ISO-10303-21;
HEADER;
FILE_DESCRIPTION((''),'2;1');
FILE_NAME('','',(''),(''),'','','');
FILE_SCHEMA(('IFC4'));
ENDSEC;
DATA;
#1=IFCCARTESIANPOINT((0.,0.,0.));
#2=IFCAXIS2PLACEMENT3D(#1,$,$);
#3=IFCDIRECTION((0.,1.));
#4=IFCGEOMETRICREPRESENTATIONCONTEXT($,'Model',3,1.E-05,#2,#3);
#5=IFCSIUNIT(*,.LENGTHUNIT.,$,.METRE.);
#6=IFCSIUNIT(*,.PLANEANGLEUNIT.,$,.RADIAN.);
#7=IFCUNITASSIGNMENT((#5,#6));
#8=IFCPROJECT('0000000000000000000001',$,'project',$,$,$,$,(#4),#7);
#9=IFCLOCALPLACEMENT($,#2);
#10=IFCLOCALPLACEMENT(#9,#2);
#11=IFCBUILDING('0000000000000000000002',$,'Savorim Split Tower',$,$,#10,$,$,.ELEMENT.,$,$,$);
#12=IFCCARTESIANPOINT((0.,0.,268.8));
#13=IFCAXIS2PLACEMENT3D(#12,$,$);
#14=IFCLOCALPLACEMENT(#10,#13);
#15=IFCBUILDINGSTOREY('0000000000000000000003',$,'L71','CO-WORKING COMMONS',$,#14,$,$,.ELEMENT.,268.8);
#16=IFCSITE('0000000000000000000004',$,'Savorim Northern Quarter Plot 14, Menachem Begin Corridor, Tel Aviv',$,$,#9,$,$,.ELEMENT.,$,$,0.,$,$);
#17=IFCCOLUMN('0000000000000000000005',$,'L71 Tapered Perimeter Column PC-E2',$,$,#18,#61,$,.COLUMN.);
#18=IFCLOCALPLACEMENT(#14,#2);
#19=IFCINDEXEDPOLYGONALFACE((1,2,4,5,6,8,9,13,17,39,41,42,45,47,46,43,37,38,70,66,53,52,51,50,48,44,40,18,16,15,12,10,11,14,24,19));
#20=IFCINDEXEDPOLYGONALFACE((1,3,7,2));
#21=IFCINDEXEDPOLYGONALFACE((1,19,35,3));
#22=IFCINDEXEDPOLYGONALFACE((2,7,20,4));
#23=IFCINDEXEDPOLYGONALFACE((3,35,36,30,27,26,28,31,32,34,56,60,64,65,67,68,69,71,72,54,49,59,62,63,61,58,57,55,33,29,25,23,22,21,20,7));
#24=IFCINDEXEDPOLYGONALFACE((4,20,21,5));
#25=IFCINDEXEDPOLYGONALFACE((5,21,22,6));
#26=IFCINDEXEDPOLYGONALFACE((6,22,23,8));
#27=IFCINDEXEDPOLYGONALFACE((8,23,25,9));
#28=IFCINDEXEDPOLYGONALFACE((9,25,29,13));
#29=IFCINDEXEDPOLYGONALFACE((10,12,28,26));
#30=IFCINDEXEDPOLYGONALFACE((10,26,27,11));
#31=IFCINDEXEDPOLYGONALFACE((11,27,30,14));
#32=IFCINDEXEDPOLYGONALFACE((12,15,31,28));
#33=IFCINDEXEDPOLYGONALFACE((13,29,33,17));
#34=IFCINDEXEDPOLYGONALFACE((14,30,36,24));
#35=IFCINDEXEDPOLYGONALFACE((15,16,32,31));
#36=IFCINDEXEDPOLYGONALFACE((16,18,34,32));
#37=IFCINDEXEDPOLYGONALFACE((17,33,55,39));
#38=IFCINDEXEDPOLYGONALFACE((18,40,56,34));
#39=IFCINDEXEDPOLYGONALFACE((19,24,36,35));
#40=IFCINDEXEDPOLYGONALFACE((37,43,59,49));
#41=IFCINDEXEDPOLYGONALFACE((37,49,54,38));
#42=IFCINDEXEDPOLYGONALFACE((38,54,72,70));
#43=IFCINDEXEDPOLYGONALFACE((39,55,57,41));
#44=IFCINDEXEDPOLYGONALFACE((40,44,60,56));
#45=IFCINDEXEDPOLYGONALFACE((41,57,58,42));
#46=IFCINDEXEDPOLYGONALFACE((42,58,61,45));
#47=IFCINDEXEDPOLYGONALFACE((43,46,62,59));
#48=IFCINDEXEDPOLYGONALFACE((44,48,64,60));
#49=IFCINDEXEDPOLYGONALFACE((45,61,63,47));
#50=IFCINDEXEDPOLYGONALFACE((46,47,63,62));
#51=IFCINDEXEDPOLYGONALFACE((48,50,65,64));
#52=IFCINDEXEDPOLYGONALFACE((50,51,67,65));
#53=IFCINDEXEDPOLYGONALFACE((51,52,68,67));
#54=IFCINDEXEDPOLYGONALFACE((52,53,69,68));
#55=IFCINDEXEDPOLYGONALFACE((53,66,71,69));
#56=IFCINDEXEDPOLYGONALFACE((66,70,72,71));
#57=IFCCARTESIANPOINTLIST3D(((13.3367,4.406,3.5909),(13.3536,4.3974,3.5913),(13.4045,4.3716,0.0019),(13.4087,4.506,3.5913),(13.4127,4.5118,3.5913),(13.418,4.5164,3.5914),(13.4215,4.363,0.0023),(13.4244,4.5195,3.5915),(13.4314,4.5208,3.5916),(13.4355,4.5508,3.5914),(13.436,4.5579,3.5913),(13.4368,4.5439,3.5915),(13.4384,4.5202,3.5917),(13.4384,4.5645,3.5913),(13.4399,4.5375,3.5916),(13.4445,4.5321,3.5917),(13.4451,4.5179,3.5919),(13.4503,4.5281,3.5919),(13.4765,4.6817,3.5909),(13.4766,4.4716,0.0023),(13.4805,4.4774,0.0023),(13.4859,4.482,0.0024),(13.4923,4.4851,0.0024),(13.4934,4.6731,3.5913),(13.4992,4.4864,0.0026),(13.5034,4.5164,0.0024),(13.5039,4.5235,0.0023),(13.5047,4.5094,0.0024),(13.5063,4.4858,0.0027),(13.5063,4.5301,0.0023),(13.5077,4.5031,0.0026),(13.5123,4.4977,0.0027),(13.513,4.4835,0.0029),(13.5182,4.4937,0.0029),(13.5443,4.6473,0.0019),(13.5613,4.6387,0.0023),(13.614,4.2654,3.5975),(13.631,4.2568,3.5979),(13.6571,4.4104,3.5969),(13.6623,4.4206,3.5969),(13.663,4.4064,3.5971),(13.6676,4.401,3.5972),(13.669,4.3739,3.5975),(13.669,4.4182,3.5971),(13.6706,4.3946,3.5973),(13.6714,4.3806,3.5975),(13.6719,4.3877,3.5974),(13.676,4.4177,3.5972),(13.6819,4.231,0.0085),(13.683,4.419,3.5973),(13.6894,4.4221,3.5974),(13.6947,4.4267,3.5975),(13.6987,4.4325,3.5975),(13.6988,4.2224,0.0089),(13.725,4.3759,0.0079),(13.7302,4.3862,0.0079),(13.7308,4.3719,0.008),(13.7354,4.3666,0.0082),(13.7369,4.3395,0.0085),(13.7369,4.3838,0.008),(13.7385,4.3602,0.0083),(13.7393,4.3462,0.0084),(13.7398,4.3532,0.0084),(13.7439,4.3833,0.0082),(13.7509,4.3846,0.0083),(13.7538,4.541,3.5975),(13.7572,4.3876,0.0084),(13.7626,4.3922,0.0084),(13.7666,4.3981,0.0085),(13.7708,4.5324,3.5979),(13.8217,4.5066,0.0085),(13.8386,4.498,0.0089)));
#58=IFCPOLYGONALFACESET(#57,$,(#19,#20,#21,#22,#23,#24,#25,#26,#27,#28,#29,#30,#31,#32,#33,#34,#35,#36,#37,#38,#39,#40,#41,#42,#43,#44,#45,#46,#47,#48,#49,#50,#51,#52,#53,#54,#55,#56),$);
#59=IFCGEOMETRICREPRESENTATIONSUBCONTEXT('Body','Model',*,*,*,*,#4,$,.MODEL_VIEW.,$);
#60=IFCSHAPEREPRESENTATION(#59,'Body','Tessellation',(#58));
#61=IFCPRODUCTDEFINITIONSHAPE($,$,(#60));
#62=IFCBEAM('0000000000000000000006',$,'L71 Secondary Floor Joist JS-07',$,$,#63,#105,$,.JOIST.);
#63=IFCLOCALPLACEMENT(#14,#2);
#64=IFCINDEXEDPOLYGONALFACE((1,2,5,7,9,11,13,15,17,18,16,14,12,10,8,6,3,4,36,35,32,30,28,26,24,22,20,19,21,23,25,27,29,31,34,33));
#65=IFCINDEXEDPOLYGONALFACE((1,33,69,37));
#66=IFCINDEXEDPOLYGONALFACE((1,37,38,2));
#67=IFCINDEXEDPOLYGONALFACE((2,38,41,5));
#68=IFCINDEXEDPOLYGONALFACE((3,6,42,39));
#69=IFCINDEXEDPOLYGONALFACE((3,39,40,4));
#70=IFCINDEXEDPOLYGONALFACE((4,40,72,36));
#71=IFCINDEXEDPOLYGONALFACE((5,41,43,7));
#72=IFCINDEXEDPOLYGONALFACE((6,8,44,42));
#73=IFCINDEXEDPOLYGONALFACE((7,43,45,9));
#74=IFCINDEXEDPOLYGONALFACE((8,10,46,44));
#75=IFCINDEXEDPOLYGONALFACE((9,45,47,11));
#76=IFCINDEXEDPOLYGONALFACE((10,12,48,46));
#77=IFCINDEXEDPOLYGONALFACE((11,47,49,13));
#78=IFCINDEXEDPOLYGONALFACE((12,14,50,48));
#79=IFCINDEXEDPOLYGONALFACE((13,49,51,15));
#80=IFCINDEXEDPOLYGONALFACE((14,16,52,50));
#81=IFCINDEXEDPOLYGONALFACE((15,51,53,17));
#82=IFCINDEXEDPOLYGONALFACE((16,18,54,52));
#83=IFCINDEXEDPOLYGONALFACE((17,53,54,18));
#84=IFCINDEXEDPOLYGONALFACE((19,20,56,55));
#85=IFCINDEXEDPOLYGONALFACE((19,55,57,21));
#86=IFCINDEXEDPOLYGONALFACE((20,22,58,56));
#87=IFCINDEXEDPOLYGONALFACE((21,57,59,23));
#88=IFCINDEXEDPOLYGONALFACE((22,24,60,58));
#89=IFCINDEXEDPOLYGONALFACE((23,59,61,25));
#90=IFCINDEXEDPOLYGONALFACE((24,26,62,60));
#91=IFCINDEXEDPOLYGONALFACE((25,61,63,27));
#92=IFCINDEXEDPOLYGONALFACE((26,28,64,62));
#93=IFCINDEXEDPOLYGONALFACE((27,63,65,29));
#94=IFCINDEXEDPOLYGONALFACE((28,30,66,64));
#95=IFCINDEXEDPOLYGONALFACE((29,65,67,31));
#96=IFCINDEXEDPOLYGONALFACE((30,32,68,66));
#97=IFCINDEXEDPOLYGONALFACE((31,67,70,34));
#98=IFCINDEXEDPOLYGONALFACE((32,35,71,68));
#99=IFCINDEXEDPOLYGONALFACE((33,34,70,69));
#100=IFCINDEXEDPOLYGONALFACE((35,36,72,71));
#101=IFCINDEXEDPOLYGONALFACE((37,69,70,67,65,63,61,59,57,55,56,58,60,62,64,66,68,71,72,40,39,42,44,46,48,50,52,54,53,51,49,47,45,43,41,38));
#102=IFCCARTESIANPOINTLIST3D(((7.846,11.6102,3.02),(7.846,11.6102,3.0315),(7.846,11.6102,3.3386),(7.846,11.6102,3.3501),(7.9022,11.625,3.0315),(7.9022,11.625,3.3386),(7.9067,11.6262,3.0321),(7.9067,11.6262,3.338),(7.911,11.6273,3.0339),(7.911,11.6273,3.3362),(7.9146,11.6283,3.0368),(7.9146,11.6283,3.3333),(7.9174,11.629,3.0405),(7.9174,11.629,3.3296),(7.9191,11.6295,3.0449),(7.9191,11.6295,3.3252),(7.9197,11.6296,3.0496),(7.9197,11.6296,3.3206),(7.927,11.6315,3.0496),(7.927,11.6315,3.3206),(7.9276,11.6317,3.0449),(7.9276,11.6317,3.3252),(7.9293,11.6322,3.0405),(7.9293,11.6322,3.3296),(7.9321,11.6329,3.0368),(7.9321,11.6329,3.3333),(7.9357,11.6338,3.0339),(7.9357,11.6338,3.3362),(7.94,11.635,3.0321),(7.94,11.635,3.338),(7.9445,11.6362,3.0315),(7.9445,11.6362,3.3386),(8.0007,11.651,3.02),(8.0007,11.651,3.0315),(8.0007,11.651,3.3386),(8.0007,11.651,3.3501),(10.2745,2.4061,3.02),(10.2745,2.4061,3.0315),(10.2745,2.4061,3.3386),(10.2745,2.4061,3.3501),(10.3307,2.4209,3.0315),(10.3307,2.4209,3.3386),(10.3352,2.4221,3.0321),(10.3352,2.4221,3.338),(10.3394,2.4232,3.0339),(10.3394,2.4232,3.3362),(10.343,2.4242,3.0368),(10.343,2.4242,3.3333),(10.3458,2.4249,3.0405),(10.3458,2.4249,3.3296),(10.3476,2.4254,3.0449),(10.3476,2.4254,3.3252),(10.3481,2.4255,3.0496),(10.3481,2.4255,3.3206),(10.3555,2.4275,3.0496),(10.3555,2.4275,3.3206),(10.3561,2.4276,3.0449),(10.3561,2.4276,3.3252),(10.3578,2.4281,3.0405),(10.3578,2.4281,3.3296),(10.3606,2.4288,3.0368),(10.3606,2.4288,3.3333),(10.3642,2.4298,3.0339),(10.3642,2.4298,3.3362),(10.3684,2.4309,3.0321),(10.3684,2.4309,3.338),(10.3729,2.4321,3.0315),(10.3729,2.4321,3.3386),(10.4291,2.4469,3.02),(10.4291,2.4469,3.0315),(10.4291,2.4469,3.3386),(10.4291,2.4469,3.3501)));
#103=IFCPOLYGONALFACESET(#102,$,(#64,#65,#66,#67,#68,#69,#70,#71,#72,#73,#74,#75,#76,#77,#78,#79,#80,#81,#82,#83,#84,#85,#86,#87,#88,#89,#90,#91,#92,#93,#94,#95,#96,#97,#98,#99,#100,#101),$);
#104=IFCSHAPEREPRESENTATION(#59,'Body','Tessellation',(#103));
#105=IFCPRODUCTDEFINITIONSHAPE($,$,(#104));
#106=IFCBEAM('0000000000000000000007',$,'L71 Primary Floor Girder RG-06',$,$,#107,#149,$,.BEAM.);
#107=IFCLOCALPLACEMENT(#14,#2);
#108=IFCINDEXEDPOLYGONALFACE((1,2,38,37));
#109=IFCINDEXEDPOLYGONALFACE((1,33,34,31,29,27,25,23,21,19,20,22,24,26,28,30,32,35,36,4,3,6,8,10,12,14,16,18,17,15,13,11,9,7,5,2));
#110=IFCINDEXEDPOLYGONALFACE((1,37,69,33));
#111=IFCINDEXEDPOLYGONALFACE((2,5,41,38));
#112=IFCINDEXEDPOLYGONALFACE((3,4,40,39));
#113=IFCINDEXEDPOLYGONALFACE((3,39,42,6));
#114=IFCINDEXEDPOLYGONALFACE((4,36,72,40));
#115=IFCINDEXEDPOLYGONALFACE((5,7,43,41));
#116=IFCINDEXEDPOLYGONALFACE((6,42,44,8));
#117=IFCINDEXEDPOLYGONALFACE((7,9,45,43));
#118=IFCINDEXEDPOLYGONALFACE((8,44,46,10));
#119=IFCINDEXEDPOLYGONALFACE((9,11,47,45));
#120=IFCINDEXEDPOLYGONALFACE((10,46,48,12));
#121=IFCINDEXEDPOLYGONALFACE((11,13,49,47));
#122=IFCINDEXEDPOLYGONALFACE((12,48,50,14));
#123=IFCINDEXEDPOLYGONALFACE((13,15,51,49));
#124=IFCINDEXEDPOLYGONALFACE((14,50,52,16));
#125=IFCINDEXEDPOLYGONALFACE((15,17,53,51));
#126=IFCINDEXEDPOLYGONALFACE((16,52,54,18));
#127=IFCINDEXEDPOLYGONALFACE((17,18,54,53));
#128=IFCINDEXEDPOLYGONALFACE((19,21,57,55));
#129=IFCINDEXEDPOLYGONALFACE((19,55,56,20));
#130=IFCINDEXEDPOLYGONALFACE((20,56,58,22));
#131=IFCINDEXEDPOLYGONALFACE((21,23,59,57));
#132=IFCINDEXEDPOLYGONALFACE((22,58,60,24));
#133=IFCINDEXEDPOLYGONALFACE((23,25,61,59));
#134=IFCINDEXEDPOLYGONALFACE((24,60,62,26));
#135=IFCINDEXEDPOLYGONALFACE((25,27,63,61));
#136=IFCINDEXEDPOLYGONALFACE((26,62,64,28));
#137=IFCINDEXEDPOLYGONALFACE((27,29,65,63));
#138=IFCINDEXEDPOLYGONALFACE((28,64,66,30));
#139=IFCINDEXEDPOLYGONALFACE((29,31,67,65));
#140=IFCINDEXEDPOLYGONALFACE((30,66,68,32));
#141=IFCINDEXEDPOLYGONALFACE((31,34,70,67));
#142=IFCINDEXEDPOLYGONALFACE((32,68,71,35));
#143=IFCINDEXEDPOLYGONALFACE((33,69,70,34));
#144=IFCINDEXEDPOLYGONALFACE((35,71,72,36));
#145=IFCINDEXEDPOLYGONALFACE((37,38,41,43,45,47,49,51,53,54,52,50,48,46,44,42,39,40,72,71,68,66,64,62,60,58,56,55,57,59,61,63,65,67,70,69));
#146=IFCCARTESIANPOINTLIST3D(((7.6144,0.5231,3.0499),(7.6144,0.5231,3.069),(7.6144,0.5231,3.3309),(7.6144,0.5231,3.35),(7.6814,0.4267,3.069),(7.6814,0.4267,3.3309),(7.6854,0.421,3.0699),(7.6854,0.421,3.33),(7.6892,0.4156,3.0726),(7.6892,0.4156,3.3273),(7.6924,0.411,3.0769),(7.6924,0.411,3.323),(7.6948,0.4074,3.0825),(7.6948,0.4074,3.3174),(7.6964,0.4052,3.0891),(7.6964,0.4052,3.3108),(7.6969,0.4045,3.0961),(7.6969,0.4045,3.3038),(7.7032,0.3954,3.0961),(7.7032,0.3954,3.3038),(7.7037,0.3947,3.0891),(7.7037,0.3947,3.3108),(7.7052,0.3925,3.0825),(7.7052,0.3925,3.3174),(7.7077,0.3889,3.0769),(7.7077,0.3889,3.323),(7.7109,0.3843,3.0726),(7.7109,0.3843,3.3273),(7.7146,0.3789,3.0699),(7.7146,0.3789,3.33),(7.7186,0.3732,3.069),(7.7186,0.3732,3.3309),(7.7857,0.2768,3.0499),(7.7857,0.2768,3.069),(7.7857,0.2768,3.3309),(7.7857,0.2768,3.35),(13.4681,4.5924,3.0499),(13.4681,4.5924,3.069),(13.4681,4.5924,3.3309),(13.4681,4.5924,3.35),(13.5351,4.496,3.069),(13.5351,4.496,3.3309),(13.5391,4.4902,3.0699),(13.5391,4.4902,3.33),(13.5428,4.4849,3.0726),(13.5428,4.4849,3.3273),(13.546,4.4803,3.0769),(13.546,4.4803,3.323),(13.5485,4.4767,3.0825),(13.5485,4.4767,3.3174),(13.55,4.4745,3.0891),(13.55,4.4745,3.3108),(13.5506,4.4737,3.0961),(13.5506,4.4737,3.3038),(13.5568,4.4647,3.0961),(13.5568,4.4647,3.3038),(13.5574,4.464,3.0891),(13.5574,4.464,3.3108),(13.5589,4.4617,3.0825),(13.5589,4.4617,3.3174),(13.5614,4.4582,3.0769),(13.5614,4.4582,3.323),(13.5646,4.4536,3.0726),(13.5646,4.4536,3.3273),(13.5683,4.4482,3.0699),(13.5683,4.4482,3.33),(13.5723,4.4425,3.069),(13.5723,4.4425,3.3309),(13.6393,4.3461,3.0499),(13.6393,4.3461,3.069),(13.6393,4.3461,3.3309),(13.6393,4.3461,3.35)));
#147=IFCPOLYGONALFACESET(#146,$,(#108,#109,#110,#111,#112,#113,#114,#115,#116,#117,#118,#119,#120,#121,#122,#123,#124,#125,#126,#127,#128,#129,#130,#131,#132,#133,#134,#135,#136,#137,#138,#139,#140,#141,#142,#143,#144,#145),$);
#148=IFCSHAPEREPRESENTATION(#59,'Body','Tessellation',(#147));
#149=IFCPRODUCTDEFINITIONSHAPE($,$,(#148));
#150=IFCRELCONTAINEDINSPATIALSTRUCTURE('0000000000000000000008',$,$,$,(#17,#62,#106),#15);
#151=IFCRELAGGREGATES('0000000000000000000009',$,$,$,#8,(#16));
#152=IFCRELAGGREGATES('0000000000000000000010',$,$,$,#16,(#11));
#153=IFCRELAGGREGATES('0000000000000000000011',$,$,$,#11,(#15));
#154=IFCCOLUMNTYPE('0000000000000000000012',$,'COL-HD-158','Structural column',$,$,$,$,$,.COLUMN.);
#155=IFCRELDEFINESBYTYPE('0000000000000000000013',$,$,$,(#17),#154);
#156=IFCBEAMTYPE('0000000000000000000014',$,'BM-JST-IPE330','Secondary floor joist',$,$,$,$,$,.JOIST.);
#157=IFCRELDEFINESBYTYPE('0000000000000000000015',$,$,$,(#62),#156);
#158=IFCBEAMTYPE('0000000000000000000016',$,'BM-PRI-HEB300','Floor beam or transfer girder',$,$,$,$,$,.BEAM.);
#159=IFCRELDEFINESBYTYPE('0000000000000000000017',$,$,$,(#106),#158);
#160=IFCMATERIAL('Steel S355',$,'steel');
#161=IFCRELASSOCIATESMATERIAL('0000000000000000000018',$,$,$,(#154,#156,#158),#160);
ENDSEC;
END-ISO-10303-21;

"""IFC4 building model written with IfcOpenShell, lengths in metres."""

from ifc_helpers import new_model, si_unit, direction, frame, origin, origin_2d, place, context, subcontext, project, spatial, i_section, extrude, material, material_profile, profile_set, type_object, element, save


model = new_model("IFC4")

# Units and contexts
model_context = context("Model", 3, precision=1e-05, world=origin(), true_north=direction((0.0, 1.0)))
body_context = subcontext(model_context, "Body", "Model", "MODEL_VIEW")
ifc_project = project(units=[si_unit("LENGTHUNIT", "METRE"), si_unit("PLANEANGLEUNIT", "RADIAN")], contexts=[model_context])

# Site, building, storey
site_placement = place(None, origin())
site = spatial("IfcSite", under=ifc_project, at=site_placement, Name="Savorim Northern Quarter Plot 14, Menachem Begin Corridor, Tel Aviv", CompositionType="ELEMENT", RefElevation=0.0)
building_placement = place(site_placement, origin())
building = spatial("IfcBuilding", under=site, at=building_placement, Name="Savorim Split Tower", CompositionType="ELEMENT")
storey_placement = place(building_placement, frame((0.0, 0.0, 268.8)))
storey = spatial("IfcBuildingStorey", under=building, at=storey_placement, Name="L71", Description="CO-WORKING COMMONS", CompositionType="ELEMENT", Elevation=268.8)

# Column
ifc_material_1 = material(Name="Steel S355", Category="steel")
ifc_material_profile_1 = material_profile(ifc_material_1, i_section(OverallWidth=0.3091, OverallDepth=0.3301, WebThickness=0.0115, FlangeThickness=0.019, FilletRadius=0.0271, at=origin_2d()), Name="HD 320x158")
ifc_profile_set_1 = profile_set([ifc_material_profile_1], Name="Steel S355")
column_type = type_object("IfcColumnType", Name="COL-HD-158", Description="Structural column", PredefinedType="COLUMN", material=ifc_profile_set_1)
column_placement = place(storey_placement, frame((13.6216, 4.4348, 0.0054), z_axis=(-0.018906, 0.009589, 0.999775), x_axis=(-0.452339, -0.891846, 0.0)))
element("IfcColumn", 1, at=column_placement, inside=storey, type_object=column_type, Name="L71 Tapered Perimeter Column PC-E2", PredefinedType="COLUMN", context=body_context, shape_type="SweptSolid", body=[
    extrude(i_section(OverallWidth=0.3091, OverallDepth=0.3301, WebThickness=0.0115, FlangeThickness=0.019, FilletRadius=0.0271, at=origin_2d()), origin(), (0.0, 0.0, 1.0), 3.5898),
])

# Beams
ifc_material_profile_2 = material_profile(ifc_material_1, i_section(OverallWidth=0.1599, OverallDepth=0.3301, WebThickness=0.0076, FlangeThickness=0.0115, FilletRadius=0.0181, at=origin_2d()), Name="IPE 330")
ifc_profile_set_2 = profile_set([ifc_material_profile_2], Name="Steel S355")
beam_type_1 = type_object("IfcBeamType", Name="BM-JST-IPE330", Description="Secondary floor joist", PredefinedType="JOIST", material=ifc_profile_set_2)
beam_1_placement = place(storey_placement, frame((10.3518, 2.4265, 3.1851), z_axis=(-0.255116, 0.966911, 0.0), x_axis=(-0.966911, -0.255116, 0.0)))
element("IfcBeam", 2, at=beam_1_placement, inside=storey, type_object=beam_type_1, Name="L71 Secondary Floor Joist JS-07", PredefinedType="JOIST", context=body_context, shape_type="SweptSolid", body=[
    extrude(i_section(OverallWidth=0.1599, OverallDepth=0.3301, WebThickness=0.0076, FlangeThickness=0.0115, FilletRadius=0.0181, at=origin_2d()), origin(), (0.0, 0.0, 1.0), 9.519),
])
ifc_material_profile_3 = material_profile(ifc_material_1, i_section(OverallWidth=0.3, OverallDepth=0.3, WebThickness=0.011, FlangeThickness=0.019, FilletRadius=0.0271, at=origin_2d()), Name="HEB 300")
ifc_profile_set_3 = profile_set([ifc_material_profile_3], Name="Steel S355")
beam_type_2 = type_object("IfcBeamType", Name="BM-PRI-HEB300", Description="Floor beam or transfer girder", PredefinedType="BEAM", material=ifc_profile_set_3)
beam_2_placement = place(storey_placement, frame((13.5537, 4.4692, 3.2), z_axis=(-0.821092, -0.570796, 0.0), x_axis=(0.570796, -0.821092, 0.0)))
element("IfcBeam", 3, at=beam_2_placement, inside=storey, type_object=beam_type_2, Name="L71 Primary Floor Girder RG-06", PredefinedType="BEAM", context=body_context, shape_type="SweptSolid", body=[
    extrude(i_section(OverallWidth=0.3, OverallDepth=0.3, WebThickness=0.011, FlangeThickness=0.019, FilletRadius=0.0271, at=origin_2d()), origin(), (0.0, 0.0, 1.0), 7.1292),
])

save(model, "model.ifc")
